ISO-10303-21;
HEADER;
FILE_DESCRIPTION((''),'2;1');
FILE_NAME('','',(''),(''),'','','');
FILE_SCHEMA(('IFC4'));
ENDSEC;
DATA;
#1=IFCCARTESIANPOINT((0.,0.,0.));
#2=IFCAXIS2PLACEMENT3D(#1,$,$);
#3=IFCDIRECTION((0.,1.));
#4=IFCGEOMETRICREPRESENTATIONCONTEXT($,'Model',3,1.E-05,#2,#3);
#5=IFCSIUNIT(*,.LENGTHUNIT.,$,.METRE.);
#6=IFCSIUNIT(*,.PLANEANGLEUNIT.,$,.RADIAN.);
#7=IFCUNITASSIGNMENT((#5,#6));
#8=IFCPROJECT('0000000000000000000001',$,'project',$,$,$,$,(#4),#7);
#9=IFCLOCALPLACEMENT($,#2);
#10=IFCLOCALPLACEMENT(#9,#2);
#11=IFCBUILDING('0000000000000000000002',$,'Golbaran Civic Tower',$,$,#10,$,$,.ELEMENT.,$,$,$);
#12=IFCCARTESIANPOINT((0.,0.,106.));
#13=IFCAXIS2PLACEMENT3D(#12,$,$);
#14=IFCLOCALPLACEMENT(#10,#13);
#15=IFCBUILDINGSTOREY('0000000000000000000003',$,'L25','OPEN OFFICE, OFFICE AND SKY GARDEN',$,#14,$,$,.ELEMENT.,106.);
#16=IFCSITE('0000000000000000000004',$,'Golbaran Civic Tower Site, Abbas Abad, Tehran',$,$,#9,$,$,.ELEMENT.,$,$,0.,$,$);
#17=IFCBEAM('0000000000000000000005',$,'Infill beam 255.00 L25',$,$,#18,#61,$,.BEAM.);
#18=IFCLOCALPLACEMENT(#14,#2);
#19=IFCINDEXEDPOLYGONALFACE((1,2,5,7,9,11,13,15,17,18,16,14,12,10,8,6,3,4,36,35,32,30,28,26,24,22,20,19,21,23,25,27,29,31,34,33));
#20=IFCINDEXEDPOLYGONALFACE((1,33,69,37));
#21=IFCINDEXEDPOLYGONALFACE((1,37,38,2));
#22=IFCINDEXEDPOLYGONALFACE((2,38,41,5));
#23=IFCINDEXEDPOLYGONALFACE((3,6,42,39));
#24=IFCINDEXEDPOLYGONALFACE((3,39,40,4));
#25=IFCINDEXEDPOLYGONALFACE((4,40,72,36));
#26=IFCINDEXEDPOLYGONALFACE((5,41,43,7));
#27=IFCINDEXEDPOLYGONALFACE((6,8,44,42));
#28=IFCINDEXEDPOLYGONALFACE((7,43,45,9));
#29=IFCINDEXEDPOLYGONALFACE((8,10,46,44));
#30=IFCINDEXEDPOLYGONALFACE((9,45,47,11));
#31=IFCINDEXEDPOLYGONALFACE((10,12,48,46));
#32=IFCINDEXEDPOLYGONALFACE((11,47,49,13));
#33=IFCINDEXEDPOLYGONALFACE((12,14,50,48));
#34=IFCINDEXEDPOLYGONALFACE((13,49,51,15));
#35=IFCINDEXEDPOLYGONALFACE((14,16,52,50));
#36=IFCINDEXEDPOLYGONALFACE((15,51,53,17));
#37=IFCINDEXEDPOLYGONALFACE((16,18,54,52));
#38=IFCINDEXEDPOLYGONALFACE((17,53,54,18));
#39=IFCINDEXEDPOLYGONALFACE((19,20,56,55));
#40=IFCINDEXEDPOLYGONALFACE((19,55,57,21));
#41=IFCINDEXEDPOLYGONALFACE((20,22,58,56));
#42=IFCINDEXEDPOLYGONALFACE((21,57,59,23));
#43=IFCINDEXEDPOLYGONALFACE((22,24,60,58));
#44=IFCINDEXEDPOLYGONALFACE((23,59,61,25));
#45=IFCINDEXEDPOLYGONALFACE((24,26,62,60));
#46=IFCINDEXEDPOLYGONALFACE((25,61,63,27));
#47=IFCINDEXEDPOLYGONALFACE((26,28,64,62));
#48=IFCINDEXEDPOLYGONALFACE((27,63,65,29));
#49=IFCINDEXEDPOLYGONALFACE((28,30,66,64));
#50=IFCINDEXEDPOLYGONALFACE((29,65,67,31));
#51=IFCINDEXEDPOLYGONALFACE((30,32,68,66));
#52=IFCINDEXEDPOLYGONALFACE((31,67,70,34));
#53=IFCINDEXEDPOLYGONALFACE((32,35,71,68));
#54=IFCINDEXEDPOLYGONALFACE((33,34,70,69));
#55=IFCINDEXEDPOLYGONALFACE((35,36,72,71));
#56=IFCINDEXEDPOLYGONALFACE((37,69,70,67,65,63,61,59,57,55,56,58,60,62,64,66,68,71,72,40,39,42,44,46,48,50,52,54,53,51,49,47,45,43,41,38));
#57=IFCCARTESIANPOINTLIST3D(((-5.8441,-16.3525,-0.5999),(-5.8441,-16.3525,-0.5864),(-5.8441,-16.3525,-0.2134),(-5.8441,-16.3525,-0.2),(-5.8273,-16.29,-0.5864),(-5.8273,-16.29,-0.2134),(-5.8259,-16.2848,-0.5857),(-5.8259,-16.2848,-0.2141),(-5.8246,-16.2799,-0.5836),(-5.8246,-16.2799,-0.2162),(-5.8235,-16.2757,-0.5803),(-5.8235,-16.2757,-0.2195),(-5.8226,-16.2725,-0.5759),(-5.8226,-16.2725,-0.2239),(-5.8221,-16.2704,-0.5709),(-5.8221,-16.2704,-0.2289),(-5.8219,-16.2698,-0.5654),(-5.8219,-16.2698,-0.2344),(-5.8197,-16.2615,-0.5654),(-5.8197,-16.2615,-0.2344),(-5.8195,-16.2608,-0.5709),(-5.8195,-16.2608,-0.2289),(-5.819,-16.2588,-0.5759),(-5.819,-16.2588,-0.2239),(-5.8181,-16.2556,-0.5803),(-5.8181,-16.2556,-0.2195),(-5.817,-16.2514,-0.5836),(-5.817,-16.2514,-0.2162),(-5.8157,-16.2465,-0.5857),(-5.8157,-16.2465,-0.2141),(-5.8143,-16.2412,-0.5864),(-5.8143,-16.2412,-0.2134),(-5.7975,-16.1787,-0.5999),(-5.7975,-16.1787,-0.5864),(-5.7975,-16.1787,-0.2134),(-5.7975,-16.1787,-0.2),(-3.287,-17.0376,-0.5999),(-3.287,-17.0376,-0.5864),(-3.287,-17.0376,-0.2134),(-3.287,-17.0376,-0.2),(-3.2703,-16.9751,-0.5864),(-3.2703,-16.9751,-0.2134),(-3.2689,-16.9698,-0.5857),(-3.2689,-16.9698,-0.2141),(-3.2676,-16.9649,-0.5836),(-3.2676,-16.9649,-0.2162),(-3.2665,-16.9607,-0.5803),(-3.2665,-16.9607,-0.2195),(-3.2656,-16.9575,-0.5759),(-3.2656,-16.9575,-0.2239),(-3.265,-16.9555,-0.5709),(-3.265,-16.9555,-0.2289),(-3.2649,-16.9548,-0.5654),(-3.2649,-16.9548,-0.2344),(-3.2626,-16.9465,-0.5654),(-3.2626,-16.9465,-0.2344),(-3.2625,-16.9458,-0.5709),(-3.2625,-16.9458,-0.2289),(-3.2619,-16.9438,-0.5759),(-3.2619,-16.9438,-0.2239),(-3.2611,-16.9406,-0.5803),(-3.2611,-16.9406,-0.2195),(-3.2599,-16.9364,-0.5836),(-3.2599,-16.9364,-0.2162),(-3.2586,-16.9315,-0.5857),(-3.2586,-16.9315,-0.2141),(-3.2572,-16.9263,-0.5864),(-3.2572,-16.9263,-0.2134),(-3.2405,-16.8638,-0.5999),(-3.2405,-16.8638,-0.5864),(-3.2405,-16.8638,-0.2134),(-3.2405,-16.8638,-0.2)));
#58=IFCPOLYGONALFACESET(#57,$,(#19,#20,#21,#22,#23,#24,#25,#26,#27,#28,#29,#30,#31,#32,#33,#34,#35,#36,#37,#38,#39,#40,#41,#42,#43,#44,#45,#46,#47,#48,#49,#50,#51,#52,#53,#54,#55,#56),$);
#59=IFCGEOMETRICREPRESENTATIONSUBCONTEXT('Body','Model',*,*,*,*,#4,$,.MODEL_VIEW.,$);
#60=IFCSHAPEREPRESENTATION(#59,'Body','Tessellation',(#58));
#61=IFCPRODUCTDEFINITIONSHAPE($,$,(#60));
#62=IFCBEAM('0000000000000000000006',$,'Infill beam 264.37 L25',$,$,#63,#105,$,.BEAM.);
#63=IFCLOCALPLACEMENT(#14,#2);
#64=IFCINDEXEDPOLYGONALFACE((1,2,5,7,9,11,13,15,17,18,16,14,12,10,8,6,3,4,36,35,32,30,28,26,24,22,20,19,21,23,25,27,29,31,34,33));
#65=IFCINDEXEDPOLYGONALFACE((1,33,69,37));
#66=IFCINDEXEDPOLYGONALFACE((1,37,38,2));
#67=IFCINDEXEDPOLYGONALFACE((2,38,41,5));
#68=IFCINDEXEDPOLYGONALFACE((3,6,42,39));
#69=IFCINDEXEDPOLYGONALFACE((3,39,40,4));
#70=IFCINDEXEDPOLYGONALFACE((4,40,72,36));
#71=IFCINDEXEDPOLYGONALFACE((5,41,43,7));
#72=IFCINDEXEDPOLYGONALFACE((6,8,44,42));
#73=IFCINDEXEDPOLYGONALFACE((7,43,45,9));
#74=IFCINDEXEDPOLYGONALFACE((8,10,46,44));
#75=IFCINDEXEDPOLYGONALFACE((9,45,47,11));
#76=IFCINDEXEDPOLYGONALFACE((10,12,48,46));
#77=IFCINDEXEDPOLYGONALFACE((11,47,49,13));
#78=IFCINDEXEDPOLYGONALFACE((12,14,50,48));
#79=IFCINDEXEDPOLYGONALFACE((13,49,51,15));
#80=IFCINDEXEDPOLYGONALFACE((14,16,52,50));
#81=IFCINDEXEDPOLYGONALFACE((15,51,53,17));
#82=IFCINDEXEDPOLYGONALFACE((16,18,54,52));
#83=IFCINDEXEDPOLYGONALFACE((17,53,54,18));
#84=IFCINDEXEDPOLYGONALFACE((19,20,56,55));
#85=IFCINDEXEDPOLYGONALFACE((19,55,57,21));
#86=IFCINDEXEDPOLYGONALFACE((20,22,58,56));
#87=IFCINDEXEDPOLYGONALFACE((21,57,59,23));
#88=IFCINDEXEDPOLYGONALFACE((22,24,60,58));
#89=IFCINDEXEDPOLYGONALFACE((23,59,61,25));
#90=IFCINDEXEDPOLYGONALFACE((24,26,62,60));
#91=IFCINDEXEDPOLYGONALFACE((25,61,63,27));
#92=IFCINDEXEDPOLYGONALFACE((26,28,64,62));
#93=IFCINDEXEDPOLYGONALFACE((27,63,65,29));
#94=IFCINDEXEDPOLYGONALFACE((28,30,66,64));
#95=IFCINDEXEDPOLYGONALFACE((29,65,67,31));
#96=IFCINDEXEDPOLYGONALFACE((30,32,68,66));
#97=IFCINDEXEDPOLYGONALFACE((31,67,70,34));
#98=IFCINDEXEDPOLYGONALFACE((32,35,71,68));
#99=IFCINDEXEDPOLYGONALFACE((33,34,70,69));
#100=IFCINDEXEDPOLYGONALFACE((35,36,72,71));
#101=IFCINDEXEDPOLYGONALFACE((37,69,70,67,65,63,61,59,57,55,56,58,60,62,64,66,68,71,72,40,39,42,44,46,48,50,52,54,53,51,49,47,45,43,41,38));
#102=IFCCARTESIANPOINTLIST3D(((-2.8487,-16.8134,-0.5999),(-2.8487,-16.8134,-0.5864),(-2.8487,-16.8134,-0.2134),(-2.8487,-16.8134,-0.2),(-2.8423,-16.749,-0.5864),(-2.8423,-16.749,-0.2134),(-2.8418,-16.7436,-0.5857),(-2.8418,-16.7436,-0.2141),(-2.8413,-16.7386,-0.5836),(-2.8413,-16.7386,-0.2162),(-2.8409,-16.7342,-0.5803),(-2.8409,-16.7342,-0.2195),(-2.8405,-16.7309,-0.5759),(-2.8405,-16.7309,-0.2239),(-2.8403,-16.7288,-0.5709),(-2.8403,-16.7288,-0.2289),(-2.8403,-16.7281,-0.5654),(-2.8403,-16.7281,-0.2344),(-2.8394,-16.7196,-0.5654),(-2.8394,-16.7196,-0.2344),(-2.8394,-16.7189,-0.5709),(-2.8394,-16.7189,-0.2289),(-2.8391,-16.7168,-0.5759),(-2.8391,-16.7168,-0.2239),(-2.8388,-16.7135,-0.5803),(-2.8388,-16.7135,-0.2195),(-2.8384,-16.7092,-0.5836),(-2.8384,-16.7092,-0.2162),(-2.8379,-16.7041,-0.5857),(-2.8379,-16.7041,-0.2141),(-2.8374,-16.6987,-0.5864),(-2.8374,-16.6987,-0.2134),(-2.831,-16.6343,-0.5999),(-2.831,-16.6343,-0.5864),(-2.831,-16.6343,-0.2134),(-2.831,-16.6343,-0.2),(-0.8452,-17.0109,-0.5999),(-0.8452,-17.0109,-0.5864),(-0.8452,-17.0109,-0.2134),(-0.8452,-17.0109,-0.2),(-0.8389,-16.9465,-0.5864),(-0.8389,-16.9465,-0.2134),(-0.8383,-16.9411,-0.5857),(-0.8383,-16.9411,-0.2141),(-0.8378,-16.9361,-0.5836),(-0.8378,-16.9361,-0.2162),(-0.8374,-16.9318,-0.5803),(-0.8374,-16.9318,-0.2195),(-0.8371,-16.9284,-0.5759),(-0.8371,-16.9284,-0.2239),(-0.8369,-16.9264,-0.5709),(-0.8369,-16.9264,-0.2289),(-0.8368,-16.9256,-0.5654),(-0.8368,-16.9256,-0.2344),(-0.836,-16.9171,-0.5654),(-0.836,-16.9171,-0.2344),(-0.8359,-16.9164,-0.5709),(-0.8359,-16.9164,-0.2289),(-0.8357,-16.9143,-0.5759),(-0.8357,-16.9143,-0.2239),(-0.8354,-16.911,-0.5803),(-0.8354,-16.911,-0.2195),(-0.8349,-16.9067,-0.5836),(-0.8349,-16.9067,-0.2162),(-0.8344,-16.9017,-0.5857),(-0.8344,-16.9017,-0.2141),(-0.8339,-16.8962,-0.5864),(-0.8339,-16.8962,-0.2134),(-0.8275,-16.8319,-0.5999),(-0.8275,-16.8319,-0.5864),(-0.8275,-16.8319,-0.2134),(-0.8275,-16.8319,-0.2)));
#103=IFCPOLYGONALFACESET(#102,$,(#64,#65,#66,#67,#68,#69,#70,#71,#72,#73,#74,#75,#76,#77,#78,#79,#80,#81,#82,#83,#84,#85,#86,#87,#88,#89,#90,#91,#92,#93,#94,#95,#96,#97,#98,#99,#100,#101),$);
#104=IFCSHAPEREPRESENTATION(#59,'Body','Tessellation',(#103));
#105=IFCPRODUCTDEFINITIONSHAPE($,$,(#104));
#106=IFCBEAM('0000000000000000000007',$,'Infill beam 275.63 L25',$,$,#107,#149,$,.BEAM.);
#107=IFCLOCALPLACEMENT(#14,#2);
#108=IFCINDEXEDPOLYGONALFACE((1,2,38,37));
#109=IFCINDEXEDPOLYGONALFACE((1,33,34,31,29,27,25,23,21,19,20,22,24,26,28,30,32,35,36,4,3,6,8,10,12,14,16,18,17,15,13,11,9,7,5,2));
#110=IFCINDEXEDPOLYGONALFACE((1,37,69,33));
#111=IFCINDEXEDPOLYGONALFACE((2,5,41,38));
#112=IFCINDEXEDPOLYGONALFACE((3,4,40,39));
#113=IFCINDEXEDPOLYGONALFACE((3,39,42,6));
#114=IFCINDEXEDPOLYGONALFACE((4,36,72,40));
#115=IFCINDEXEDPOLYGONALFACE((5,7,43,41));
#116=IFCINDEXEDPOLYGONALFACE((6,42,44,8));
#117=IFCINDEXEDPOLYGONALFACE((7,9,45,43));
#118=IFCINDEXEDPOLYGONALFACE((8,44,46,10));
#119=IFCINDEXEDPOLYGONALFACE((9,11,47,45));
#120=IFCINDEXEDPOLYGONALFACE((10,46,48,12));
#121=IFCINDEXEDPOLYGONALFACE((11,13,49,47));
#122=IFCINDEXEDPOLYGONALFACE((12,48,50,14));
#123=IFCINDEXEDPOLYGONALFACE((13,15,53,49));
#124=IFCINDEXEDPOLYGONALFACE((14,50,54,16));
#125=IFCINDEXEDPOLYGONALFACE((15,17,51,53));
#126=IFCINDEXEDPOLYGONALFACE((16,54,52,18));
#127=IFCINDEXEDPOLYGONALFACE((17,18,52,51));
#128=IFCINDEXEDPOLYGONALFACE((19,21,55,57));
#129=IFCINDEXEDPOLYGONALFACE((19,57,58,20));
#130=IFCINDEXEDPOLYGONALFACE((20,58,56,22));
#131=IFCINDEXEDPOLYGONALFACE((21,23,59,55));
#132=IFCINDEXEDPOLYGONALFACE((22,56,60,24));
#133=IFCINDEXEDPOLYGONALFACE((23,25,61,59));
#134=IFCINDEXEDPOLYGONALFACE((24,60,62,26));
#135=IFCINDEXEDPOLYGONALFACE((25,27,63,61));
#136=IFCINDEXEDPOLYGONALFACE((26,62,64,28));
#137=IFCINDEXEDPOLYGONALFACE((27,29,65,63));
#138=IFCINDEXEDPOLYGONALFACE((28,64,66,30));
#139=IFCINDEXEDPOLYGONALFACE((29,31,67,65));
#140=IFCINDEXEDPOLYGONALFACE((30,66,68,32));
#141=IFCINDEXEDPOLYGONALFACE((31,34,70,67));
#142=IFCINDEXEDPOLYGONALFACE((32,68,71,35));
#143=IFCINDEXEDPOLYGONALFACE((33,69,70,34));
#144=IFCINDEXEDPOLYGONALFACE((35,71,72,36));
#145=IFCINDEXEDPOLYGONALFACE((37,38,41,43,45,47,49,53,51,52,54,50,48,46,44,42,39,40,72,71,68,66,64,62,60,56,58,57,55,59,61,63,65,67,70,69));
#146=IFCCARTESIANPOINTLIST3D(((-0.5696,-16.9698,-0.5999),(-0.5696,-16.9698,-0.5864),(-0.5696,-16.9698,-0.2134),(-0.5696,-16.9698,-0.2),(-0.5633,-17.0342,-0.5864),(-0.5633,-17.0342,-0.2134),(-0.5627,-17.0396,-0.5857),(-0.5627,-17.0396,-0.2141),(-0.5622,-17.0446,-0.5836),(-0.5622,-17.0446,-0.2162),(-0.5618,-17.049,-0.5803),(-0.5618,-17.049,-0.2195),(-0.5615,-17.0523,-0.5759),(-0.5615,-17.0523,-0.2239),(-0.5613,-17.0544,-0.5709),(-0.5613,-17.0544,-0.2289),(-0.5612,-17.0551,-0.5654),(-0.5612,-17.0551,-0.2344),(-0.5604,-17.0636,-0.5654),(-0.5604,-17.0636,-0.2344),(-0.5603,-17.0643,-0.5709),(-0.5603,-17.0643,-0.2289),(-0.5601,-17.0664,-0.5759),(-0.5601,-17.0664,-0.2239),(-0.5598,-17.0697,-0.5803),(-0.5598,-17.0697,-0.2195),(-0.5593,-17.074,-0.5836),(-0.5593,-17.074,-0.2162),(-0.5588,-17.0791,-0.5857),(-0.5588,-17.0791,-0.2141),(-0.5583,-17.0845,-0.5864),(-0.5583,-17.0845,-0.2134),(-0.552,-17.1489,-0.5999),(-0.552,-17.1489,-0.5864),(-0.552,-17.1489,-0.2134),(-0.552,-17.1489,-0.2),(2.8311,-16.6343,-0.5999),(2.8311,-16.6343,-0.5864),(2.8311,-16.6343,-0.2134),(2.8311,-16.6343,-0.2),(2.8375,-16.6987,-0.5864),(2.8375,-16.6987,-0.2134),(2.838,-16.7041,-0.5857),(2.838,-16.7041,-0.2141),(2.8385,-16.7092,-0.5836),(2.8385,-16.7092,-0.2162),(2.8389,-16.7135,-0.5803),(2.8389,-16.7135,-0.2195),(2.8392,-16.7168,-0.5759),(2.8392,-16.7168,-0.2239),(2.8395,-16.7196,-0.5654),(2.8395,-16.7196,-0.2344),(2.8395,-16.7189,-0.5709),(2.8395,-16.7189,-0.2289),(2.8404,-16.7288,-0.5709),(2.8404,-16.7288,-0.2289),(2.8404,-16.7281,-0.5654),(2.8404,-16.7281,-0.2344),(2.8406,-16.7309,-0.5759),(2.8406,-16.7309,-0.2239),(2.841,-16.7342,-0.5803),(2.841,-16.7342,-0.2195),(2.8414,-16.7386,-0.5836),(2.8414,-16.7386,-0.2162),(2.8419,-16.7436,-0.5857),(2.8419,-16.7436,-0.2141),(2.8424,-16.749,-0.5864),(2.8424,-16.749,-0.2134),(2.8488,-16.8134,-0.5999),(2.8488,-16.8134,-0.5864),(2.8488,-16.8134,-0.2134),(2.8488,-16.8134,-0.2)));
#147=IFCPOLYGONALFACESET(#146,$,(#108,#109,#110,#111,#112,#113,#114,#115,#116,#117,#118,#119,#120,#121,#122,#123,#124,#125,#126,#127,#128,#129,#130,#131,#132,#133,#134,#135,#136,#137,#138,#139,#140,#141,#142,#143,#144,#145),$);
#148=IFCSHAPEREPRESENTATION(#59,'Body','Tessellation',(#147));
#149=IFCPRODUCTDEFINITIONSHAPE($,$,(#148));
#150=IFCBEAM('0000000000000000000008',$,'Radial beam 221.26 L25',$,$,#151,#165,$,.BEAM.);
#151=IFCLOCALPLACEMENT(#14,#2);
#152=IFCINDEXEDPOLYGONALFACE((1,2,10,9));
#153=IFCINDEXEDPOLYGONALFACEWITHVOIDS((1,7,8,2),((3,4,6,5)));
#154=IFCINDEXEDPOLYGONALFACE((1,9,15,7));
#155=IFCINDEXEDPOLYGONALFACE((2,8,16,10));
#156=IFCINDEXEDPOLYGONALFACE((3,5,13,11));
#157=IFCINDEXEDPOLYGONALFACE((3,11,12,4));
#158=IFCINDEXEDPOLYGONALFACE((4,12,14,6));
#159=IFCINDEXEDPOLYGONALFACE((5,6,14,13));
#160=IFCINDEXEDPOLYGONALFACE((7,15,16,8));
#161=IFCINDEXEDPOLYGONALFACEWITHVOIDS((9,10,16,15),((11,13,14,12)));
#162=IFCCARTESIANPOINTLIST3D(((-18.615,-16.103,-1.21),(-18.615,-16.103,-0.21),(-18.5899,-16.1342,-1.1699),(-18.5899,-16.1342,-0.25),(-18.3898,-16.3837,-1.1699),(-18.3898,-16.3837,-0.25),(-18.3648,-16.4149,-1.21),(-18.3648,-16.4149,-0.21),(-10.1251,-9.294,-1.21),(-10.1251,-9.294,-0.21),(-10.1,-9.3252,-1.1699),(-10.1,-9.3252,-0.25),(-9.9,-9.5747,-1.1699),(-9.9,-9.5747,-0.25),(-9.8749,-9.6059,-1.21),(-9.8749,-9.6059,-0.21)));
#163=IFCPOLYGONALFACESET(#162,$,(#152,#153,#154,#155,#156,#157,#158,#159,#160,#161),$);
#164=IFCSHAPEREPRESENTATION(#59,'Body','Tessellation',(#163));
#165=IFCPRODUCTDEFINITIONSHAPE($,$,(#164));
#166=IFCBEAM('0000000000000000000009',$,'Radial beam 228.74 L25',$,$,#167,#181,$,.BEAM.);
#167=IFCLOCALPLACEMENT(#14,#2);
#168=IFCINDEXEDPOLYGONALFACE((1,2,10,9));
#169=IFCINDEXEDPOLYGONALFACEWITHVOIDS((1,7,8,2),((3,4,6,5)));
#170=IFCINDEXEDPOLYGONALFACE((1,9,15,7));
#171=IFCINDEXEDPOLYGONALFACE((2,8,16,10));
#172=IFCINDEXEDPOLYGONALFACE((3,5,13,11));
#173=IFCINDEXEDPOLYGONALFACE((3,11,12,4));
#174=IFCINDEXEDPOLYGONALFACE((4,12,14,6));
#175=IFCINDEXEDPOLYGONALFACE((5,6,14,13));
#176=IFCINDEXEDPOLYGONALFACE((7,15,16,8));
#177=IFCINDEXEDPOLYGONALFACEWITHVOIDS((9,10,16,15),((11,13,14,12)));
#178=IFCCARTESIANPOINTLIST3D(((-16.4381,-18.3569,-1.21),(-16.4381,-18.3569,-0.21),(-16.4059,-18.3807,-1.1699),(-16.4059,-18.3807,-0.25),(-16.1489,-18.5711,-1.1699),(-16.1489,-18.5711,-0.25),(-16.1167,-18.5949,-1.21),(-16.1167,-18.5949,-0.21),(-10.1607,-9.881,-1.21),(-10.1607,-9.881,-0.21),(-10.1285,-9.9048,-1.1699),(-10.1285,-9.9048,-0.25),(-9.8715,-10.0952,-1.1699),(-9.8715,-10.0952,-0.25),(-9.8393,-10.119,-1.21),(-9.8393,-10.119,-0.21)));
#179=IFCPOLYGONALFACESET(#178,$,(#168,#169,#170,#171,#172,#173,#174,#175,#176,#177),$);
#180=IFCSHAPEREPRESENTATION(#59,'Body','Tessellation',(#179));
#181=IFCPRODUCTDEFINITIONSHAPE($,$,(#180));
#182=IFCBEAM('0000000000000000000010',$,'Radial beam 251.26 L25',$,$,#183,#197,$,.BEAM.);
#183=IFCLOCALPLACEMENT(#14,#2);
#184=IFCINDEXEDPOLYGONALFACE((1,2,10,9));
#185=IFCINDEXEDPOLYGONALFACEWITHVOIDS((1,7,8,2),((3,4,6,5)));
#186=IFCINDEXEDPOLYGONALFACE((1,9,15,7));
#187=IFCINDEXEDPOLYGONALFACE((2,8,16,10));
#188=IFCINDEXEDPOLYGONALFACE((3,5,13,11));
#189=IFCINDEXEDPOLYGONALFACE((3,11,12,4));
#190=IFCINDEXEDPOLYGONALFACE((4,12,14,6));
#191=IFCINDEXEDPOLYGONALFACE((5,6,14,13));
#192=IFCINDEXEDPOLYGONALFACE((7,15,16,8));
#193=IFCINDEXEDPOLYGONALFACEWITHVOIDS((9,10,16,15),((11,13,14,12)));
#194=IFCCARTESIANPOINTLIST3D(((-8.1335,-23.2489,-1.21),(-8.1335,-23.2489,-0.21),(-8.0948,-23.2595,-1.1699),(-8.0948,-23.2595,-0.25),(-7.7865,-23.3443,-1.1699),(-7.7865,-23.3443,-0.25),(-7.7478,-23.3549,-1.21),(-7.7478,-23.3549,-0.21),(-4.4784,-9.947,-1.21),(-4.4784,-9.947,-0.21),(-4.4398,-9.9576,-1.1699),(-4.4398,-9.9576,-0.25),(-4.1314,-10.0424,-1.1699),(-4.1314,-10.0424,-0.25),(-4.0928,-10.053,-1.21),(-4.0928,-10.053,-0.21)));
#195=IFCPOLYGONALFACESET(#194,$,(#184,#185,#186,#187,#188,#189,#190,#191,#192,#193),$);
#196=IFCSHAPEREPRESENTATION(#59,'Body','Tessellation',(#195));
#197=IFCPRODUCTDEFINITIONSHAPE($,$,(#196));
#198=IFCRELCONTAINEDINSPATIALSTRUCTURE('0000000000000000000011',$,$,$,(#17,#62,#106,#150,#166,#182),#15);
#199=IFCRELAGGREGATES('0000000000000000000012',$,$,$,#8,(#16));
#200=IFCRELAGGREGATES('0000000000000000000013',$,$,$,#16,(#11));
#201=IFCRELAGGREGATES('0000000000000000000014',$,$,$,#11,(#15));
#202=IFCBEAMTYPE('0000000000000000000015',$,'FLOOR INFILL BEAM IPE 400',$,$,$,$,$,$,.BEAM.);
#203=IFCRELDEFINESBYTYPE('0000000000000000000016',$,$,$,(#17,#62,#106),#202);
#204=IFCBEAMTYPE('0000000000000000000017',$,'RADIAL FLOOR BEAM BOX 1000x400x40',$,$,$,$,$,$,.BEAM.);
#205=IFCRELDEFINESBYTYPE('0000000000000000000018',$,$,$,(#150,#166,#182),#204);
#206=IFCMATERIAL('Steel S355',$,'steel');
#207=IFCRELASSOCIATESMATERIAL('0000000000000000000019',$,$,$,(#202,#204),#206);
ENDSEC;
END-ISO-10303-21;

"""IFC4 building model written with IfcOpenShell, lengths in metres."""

from ifc_helpers import new_model, si_unit, direction, frame, origin, origin_2d, place, context, subcontext, project, spatial, hollow_rectangle, i_section, extrude, material, material_profile, profile_set, type_object, element, save


model = new_model("IFC4")

# Units and contexts
model_context = context("Model", 3, precision=1e-05, world=origin(), true_north=direction((0.0, 1.0)))
body_context = subcontext(model_context, "Body", "Model", "MODEL_VIEW")
ifc_project = project(units=[si_unit("LENGTHUNIT", "METRE"), si_unit("PLANEANGLEUNIT", "RADIAN")], contexts=[model_context])

# Site, building, storey
site_placement = place(None, origin())
site = spatial("IfcSite", under=ifc_project, at=site_placement, Name="Golbaran Civic Tower Site, Abbas Abad, Tehran", CompositionType="ELEMENT", RefElevation=0.0)
building_placement = place(site_placement, origin())
building = spatial("IfcBuilding", under=site, at=building_placement, Name="Golbaran Civic Tower", CompositionType="ELEMENT")
storey_placement = place(building_placement, frame((0.0, 0.0, 106.0)))
storey = spatial("IfcBuildingStorey", under=building, at=storey_placement, Name="L25", Description="OPEN OFFICE, OFFICE AND SKY GARDEN", CompositionType="ELEMENT", Elevation=106.0)

# Beams
ifc_material_1 = material(Name="Steel S355", Category="steel")
ifc_material_profile_1 = material_profile(ifc_material_1, i_section(OverallWidth=0.1799, OverallDepth=0.3999, WebThickness=0.0085, FlangeThickness=0.0134, FilletRadius=0.021, at=origin_2d()), Name="IPE 400")
ifc_profile_set_1 = profile_set([ifc_material_profile_1], Name="Steel S355")
beam_type_1 = type_object("IfcBeamType", Name="FLOOR INFILL BEAM IPE 400", PredefinedType="BEAM", material=ifc_profile_set_1)
beam_1_placement = place(storey_placement, frame((-5.8208, -16.2656, -0.3999), z_axis=(0.965937, -0.258776, 0.0), x_axis=(0.258776, 0.965937, 0.0)))
element("IfcBeam", 1, at=beam_1_placement, inside=storey, type_object=beam_type_1, Name="Infill beam 255.00 L25", PredefinedType="BEAM", context=body_context, shape_type="SweptSolid", body=[
    extrude(i_section(OverallWidth=0.1799, OverallDepth=0.3999, WebThickness=0.0085, FlangeThickness=0.0134, FilletRadius=0.021, at=origin_2d()), origin(), (0.0, 0.0, 1.0), 2.6472),
])
beam_2_placement = place(storey_placement, frame((-2.8398, -16.7239, -0.3999), z_axis=(0.995176, -0.098111, 0.0), x_axis=(0.098111, 0.995176, 0.0)))
element("IfcBeam", 2, at=beam_2_placement, inside=storey, type_object=beam_type_1, Name="Infill beam 264.37 L25", PredefinedType="BEAM", context=body_context, shape_type="SweptSolid", body=[
    extrude(i_section(OverallWidth=0.1799, OverallDepth=0.3999, WebThickness=0.0085, FlangeThickness=0.0134, FilletRadius=0.021, at=origin_2d()), origin(), (0.0, 0.0, 1.0), 2.0132),
])
beam_3_placement = place(storey_placement, frame((-0.5608, -17.0593, -0.3999), z_axis=(0.99517, 0.098167, 0.0), x_axis=(-0.098167, 0.99517, 0.0)))
element("IfcBeam", 3, at=beam_3_placement, inside=storey, type_object=beam_type_1, Name="Infill beam 275.63 L25", PredefinedType="BEAM", context=body_context, shape_type="SweptSolid", body=[
    extrude(i_section(OverallWidth=0.1799, OverallDepth=0.3999, WebThickness=0.0085, FlangeThickness=0.0134, FilletRadius=0.021, at=origin_2d()), origin(), (0.0, 0.0, 1.0), 3.4172),
])
ifc_material_profile_2 = material_profile(ifc_material_1, hollow_rectangle(XDim=0.3999, YDim=1.0, WallThickness=0.04, at=origin_2d()), Name="BOX 1000x400x40")
ifc_profile_set_2 = profile_set([ifc_material_profile_2], Name="Steel S355")
beam_type_2 = type_object("IfcBeamType", Name="RADIAL FLOOR BEAM BOX 1000x400x40", PredefinedType="BEAM", material=ifc_profile_set_2)
beam_4_placement = place(storey_placement, frame((-10.0, -9.45, -0.71), z_axis=(-0.780102, -0.625652, 0.0), x_axis=(0.625652, -0.780102, 0.0)))
element("IfcBeam", 4, at=beam_4_placement, inside=storey, type_object=beam_type_2, Name="Radial beam 221.26 L25", PredefinedType="BEAM", context=body_context, shape_type="SweptSolid", body=[
    extrude(hollow_rectangle(XDim=0.3999, YDim=1.0, WallThickness=0.04, at=origin_2d()), origin(), (0.0, 0.0, 1.0), 10.8831),
])
beam_5_placement = place(storey_placement, frame((-10.0, -10.0, -0.71), z_axis=(-0.595163, -0.803605, 0.0), x_axis=(0.803605, -0.595163, 0.0)))
element("IfcBeam", 5, at=beam_5_placement, inside=storey, type_object=beam_type_2, Name="Radial beam 228.74 L25", PredefinedType="BEAM", context=body_context, shape_type="SweptSolid", body=[
    extrude(hollow_rectangle(XDim=0.3999, YDim=1.0, WallThickness=0.04, at=origin_2d()), origin(), (0.0, 0.0, 1.0), 10.5474),
])
beam_6_placement = place(storey_placement, frame((-4.2856, -10.0, -0.71), z_axis=(-0.264953, -0.964261, 0.0), x_axis=(0.964261, -0.264953, 0.0)))
element("IfcBeam", 6, at=beam_6_placement, inside=storey, type_object=beam_type_2, Name="Radial beam 251.26 L25", PredefinedType="BEAM", context=body_context, shape_type="SweptSolid", body=[
    extrude(hollow_rectangle(XDim=0.3999, YDim=1.0, WallThickness=0.04, at=origin_2d()), origin(), (0.0, 0.0, 1.0), 13.7949),
])

save(model, "model.ifc")
